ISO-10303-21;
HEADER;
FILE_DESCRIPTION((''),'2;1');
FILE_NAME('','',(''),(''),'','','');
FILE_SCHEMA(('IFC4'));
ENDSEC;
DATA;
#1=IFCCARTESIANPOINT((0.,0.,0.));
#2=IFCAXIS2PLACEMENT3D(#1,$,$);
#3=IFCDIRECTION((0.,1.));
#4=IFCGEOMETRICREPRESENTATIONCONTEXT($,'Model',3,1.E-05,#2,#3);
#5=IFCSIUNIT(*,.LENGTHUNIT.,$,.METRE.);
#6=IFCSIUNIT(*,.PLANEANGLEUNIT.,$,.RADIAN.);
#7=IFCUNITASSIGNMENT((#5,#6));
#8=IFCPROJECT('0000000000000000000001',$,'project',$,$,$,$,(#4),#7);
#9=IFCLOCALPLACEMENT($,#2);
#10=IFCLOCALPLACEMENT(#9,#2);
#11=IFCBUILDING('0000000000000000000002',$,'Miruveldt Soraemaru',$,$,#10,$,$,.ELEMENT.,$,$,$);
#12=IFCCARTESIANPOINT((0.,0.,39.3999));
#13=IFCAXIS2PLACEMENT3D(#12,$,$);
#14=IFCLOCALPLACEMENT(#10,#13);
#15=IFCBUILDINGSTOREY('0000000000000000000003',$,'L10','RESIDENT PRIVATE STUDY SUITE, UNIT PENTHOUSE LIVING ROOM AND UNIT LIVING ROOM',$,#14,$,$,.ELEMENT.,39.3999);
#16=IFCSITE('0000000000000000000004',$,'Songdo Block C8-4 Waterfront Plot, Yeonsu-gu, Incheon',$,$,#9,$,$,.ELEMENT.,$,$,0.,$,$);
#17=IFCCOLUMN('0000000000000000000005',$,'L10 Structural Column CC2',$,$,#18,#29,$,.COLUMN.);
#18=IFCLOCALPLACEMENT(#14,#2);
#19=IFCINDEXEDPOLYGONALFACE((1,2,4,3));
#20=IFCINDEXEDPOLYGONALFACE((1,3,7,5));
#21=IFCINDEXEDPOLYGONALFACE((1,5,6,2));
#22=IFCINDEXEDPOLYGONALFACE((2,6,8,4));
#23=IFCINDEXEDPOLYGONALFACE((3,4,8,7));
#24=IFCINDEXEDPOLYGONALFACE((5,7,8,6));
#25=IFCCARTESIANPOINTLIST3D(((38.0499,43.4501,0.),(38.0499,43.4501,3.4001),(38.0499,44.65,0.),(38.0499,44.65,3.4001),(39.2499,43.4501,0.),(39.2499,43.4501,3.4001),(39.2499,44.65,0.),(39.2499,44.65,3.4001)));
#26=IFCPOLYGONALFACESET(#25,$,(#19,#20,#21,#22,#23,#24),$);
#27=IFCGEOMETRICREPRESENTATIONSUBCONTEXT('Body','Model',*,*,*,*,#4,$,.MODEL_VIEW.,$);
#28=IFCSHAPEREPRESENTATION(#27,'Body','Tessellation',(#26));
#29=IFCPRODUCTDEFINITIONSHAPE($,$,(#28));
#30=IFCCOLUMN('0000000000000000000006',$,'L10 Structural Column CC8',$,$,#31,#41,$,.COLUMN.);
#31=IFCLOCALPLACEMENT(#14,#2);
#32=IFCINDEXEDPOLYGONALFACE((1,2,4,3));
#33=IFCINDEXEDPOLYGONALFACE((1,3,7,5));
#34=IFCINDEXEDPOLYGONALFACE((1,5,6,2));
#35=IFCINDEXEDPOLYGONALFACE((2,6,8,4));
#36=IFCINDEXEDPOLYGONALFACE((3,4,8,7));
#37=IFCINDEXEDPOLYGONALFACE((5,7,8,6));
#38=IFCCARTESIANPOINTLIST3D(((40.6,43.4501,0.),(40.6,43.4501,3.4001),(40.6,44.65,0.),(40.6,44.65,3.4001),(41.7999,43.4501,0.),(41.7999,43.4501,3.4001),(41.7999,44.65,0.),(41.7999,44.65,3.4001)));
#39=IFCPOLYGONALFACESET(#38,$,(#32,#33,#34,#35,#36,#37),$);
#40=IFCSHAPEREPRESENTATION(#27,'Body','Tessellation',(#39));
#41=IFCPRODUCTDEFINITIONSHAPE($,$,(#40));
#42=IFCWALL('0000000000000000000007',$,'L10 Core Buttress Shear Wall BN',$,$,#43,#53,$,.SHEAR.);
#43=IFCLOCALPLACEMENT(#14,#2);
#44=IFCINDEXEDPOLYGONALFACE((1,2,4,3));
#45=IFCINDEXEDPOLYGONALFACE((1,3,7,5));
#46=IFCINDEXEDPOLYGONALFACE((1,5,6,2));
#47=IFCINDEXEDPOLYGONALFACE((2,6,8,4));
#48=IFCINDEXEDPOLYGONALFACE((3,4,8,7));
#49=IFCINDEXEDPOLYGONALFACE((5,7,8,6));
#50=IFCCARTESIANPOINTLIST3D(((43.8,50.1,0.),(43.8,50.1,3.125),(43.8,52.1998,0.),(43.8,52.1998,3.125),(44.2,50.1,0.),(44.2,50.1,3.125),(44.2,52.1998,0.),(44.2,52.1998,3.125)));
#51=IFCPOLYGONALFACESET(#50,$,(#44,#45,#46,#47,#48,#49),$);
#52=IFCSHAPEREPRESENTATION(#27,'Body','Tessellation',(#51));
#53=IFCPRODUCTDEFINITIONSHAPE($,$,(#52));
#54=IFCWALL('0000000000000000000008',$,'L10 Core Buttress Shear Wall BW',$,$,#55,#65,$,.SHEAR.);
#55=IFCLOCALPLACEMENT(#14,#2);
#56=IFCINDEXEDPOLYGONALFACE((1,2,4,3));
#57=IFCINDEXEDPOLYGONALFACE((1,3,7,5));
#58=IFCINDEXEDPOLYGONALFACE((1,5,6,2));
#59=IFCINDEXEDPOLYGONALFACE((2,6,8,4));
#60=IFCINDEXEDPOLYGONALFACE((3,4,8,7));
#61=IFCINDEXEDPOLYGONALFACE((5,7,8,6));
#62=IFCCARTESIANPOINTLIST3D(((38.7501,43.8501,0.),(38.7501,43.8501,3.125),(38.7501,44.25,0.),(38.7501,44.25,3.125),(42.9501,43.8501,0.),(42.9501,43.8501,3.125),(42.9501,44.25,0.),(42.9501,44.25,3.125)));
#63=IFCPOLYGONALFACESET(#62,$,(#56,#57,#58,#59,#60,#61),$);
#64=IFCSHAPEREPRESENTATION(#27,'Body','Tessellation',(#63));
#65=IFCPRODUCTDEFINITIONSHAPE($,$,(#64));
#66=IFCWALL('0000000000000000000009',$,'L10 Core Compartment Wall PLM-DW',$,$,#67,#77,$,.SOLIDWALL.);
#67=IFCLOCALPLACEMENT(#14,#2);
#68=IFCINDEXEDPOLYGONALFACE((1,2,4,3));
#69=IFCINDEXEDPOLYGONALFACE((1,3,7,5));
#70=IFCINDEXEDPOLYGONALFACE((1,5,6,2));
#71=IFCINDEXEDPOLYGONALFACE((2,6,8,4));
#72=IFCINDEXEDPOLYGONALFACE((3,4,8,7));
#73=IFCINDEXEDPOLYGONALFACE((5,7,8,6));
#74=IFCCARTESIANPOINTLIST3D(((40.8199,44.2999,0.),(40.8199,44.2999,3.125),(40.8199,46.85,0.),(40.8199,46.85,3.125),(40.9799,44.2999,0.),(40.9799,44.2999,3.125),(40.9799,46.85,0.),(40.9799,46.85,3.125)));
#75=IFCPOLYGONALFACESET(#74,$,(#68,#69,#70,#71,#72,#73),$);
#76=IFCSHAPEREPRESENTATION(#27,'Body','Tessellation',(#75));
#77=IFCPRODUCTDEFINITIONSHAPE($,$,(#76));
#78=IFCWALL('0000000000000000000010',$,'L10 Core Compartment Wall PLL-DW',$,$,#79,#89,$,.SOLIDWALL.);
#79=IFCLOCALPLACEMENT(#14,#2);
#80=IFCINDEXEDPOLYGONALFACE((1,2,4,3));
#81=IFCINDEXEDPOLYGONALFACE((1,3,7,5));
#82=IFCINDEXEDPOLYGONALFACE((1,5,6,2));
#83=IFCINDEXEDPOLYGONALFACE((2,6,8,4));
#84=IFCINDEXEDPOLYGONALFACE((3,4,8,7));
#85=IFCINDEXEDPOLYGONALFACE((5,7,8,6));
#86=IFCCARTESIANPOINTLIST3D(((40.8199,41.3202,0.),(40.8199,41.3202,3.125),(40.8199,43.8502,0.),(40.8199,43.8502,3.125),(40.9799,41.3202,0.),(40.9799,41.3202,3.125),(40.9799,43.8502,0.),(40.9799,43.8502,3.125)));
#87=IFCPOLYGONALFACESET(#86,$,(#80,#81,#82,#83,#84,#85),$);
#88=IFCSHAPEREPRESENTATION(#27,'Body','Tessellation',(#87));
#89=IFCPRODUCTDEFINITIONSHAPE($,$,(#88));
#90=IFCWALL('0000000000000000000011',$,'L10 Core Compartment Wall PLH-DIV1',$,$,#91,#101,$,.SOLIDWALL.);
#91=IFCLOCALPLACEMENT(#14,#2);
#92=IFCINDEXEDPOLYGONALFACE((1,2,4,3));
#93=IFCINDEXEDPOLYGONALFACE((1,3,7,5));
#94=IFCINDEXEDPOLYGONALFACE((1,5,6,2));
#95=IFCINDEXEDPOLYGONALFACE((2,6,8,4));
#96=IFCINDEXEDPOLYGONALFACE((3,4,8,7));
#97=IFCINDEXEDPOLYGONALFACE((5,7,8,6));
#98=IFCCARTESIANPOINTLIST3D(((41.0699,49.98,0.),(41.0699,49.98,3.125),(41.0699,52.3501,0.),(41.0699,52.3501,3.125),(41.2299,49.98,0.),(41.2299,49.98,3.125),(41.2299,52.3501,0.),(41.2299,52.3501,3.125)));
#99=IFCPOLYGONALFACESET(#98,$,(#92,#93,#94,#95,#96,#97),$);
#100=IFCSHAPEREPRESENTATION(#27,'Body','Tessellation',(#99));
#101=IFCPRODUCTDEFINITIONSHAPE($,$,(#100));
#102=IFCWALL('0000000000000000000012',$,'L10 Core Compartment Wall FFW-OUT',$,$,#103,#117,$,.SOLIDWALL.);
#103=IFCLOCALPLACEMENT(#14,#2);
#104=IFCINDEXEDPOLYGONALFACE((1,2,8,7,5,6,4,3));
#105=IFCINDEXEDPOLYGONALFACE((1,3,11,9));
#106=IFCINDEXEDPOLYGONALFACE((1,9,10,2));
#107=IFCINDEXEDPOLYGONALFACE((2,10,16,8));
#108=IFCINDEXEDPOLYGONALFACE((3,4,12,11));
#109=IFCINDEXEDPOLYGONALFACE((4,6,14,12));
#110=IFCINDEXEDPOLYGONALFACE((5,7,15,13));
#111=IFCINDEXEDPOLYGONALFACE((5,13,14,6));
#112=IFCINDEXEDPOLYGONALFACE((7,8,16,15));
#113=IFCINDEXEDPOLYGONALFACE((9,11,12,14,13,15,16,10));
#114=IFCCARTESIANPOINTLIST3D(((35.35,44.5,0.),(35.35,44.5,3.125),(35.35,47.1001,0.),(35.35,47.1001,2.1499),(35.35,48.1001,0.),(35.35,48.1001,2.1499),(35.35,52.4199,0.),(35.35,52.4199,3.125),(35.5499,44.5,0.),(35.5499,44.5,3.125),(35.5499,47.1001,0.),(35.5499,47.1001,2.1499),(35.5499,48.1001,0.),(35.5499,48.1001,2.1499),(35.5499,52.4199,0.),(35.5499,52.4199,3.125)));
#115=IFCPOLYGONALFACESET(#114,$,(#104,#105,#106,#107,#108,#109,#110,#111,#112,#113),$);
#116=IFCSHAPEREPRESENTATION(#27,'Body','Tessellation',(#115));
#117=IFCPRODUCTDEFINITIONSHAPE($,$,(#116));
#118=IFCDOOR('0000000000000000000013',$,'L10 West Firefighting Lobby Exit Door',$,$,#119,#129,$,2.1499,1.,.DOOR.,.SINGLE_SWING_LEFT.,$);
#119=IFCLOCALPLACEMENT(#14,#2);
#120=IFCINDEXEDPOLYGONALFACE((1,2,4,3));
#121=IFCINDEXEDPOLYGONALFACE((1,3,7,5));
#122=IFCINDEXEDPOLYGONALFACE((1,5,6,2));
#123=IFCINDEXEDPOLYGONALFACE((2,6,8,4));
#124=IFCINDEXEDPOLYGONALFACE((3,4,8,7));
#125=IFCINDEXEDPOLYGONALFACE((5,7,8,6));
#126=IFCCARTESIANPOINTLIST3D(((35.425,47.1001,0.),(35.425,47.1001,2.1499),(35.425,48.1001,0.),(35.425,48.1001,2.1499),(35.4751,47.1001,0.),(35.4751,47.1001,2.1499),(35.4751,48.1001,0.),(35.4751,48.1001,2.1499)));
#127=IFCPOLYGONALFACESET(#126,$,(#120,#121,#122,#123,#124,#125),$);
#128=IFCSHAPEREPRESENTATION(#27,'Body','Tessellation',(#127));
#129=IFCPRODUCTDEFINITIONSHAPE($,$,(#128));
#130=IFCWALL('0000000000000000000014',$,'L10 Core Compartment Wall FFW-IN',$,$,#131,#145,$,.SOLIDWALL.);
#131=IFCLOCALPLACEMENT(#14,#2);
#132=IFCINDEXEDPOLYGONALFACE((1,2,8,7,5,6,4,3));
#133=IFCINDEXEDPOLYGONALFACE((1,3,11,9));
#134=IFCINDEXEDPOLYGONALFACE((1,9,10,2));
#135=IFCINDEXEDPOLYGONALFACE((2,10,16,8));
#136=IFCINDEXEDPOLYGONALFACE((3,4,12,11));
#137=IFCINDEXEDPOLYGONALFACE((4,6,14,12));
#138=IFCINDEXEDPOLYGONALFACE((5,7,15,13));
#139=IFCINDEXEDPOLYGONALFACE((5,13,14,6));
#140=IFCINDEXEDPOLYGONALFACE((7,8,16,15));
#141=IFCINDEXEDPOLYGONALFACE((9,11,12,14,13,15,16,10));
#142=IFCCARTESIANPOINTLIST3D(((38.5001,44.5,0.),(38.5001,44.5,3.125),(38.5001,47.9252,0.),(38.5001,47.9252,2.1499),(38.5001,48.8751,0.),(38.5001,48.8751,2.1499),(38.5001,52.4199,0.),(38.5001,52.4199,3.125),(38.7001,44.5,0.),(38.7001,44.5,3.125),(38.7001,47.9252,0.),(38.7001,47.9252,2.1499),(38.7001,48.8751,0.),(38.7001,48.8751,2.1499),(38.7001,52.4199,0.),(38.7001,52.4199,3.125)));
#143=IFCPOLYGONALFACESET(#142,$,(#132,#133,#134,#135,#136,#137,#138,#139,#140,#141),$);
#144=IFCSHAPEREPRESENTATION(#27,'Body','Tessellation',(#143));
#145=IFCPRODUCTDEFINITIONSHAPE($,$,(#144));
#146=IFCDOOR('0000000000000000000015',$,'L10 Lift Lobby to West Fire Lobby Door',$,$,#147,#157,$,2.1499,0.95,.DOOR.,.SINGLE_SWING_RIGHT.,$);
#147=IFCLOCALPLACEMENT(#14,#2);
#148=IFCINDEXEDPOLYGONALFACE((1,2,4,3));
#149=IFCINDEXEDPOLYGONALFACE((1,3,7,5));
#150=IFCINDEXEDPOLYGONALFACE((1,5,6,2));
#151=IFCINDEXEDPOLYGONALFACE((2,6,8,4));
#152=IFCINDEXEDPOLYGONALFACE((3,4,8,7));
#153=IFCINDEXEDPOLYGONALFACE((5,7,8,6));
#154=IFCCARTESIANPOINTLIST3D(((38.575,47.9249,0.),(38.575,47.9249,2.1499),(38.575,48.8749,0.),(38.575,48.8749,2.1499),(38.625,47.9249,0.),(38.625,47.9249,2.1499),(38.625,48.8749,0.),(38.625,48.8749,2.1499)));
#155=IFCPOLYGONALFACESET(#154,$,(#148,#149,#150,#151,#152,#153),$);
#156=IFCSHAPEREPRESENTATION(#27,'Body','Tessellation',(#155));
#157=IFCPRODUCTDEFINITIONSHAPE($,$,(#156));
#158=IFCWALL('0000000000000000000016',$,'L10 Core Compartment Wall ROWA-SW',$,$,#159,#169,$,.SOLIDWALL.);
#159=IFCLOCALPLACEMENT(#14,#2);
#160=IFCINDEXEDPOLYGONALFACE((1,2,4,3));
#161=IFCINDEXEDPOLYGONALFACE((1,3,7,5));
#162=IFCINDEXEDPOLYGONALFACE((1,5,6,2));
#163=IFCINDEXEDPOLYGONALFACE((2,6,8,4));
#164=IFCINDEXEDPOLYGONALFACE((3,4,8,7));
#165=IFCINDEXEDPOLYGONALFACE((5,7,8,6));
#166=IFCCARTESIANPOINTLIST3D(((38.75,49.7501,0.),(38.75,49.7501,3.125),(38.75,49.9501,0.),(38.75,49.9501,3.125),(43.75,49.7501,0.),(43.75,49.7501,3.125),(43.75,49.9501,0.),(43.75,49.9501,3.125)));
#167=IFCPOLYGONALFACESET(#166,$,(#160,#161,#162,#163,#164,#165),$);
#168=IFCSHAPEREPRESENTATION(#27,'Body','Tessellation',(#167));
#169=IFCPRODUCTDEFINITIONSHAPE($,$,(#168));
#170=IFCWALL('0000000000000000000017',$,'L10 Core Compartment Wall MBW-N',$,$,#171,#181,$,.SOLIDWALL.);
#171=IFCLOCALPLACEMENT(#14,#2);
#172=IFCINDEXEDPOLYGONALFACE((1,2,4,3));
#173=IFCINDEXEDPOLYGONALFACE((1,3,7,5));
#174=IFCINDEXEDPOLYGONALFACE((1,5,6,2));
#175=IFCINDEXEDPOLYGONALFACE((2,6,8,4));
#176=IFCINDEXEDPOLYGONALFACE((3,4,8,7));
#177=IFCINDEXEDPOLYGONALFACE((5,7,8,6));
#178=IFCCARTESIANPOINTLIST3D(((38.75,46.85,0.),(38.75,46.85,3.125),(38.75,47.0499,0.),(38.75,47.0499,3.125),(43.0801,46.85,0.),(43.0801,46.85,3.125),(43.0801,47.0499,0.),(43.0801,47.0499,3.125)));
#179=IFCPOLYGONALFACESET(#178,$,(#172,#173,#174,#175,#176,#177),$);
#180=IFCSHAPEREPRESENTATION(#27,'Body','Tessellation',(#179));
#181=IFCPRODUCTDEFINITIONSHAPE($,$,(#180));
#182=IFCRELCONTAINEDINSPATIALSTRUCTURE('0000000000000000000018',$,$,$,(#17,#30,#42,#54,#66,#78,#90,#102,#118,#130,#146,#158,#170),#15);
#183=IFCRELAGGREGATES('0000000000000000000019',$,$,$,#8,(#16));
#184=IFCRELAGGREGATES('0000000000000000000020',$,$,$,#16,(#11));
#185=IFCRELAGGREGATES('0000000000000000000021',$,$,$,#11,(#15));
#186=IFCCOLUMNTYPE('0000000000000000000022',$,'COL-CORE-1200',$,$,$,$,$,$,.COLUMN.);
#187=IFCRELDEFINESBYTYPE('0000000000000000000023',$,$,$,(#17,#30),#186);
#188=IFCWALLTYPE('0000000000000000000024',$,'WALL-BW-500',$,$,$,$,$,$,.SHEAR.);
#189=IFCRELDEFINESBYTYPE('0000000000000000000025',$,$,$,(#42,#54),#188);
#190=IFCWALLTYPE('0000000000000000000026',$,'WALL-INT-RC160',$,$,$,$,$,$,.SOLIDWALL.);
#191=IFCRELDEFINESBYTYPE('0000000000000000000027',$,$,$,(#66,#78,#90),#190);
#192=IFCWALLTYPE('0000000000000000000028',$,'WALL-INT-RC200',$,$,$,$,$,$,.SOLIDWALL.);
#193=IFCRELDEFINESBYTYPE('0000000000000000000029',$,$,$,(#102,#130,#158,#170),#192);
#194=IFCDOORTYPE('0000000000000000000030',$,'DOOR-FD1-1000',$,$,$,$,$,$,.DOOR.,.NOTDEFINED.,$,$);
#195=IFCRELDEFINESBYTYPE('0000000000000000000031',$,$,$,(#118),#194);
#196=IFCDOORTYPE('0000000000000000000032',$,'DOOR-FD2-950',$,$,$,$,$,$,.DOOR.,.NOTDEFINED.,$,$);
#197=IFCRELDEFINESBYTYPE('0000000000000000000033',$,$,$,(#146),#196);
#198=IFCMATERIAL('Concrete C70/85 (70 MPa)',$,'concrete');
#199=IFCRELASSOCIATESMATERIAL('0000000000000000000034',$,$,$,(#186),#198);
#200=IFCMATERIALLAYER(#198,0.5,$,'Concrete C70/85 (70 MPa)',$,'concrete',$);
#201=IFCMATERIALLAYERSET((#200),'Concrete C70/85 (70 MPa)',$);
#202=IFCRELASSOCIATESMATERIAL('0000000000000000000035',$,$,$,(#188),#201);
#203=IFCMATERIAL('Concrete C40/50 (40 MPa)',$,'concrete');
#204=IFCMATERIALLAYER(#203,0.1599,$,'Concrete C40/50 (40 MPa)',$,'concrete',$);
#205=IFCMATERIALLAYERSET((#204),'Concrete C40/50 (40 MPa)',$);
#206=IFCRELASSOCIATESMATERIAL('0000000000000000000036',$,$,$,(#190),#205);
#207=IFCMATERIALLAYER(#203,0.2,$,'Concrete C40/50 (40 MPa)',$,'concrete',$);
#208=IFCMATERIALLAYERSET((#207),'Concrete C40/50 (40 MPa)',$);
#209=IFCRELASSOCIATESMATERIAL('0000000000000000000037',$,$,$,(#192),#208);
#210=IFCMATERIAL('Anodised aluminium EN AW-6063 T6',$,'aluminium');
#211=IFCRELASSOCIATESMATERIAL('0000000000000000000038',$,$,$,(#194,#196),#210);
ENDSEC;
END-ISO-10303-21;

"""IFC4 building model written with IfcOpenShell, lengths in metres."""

from ifc_helpers import new_model, si_unit, direction, frame, frame_2d, origin, origin_2d, place, context, subcontext, project, spatial, rectangle, extrude, material, layer, layer_set, material_profile, profile_set, type_object, element, fill, save


model = new_model("IFC4")

# Units and contexts
model_context = context("Model", 3, precision=1e-05, world=origin(), true_north=direction((0.0, 1.0)))
body_context = subcontext(model_context, "Body", "Model", "MODEL_VIEW")
ifc_project = project(units=[si_unit("LENGTHUNIT", "METRE"), si_unit("PLANEANGLEUNIT", "RADIAN")], contexts=[model_context])

# Site, building, storey
site_placement = place(None, origin())
site = spatial("IfcSite", under=ifc_project, at=site_placement, Name="Songdo Block C8-4 Waterfront Plot, Yeonsu-gu, Incheon", CompositionType="ELEMENT", RefElevation=0.0)
building_placement = place(site_placement, origin())
building = spatial("IfcBuilding", under=site, at=building_placement, Name="Miruveldt Soraemaru", CompositionType="ELEMENT")
storey_placement = place(building_placement, frame((0.0, 0.0, 39.3999)))
storey = spatial("IfcBuildingStorey", under=building, at=storey_placement, Name="L10", Description="RESIDENT PRIVATE STUDY SUITE, UNIT PENTHOUSE LIVING ROOM AND UNIT LIVING ROOM", CompositionType="ELEMENT", Elevation=39.3999)

# Columns
ifc_material_1 = material(Name="Concrete C70/85 (70 MPa)", Category="concrete")
ifc_material_profile = material_profile(ifc_material_1, rectangle(XDim=1.2, YDim=1.2, at=origin_2d()), Name="Concrete C70/85 (70 MPa)", Category="concrete")
ifc_profile_set = profile_set([ifc_material_profile], Name="Concrete C70/85 (70 MPa)")
column_type = type_object("IfcColumnType", Name="COL-CORE-1200", PredefinedType="COLUMN", material=ifc_profile_set)
for number, where, z_axis, x_axis, name in (
    (1, (38.6499, 44.05, 0.0), (0.0, 0.0, 1.0), (1.0, 0.0, 0.0), "L10 Structural Column CC2"),
    (2, (41.2, 44.05, 0.0), (0.0, 0.0, 1.0), (1.0, 0.0, 0.0), "L10 Structural Column CC8"),
):
    element("IfcColumn", number, at=place(storey_placement, frame(where, z_axis=z_axis, x_axis=x_axis)), inside=storey, type_object=column_type, Name=name, PredefinedType="COLUMN", context=body_context, shape_type="SweptSolid", body=[
        extrude(rectangle(XDim=1.2, YDim=1.2, at=origin_2d()), origin(), (0.0, 0.0, 1.0), 3.4001),
    ])

# Walls
ifc_layer_1 = layer(ifc_material_1, 0.5, Name="Concrete C70/85 (70 MPa)", Category="concrete")
ifc_layer_set_1 = layer_set([ifc_layer_1], Name="Concrete C70/85 (70 MPa)")
wall_type_1 = type_object("IfcWallType", Name="WALL-BW-500", PredefinedType="SHEAR", material=ifc_layer_set_1)
wall_1_placement = place(storey_placement, frame((44.0, 50.1001, 0.0), z_axis=(0.0, 0.0, 1.0), x_axis=(0.0, 1.0, 0.0)))
element("IfcWall", 3, at=wall_1_placement, inside=storey, type_object=wall_type_1, Name="L10 Core Buttress Shear Wall BN", PredefinedType="SHEAR", context=body_context, shape_type="SweptSolid", body=[
    extrude(rectangle(XDim=2.0999, YDim=0.3999, at=frame_2d((1.0498, 0.0))), origin(), (0.0, 0.0, 1.0), 3.125),
])
wall_2_placement = place(storey_placement, frame((38.75, 44.05, 0.0), z_axis=(0.0, 0.0, 1.0), x_axis=(1.0, 0.0, 0.0)))
element("IfcWall", 4, at=wall_2_placement, inside=storey, type_object=wall_type_1, Name="L10 Core Buttress Shear Wall BW", PredefinedType="SHEAR", context=body_context, shape_type="SweptSolid", body=[
    extrude(rectangle(XDim=4.2, YDim=0.3999, at=frame_2d((2.1001, 0.0))), origin(), (0.0, 0.0, 1.0), 3.125),
])
ifc_material_2 = material(Name="Concrete C40/50 (40 MPa)", Category="concrete")
ifc_layer_2 = layer(ifc_material_2, 0.1599, Name="Concrete C40/50 (40 MPa)", Category="concrete")
ifc_layer_set_2 = layer_set([ifc_layer_2], Name="Concrete C40/50 (40 MPa)")
wall_type_2 = type_object("IfcWallType", Name="WALL-INT-RC160", PredefinedType="SOLIDWALL", material=ifc_layer_set_2)
wall_3_placement = place(storey_placement, frame((40.8999, 44.3, 0.0), z_axis=(0.0, 0.0, 1.0), x_axis=(0.0, 1.0, 0.0)))
element("IfcWall", 5, at=wall_3_placement, inside=storey, type_object=wall_type_2, Name="L10 Core Compartment Wall PLM-DW", PredefinedType="SOLIDWALL", context=body_context, shape_type="SweptSolid", body=[
    extrude(rectangle(XDim=2.55, YDim=0.1599, at=frame_2d((1.2749, 0.0))), origin(), (0.0, 0.0, 1.0), 3.125),
])
wall_4_placement = place(storey_placement, frame((40.8999, 41.3201, 0.0), z_axis=(0.0, 0.0, 1.0), x_axis=(0.0, 1.0, 0.0)))
element("IfcWall", 6, at=wall_4_placement, inside=storey, type_object=wall_type_2, Name="L10 Core Compartment Wall PLL-DW", PredefinedType="SOLIDWALL", context=body_context, shape_type="SweptSolid", body=[
    extrude(rectangle(XDim=2.53, YDim=0.1599, at=frame_2d((1.2651, 0.0))), origin(), (0.0, 0.0, 1.0), 3.125),
])
wall_5_placement = place(storey_placement, frame((41.1499, 49.98, 0.0), z_axis=(0.0, 0.0, 1.0), x_axis=(0.0, 1.0, 0.0)))
element("IfcWall", 7, at=wall_5_placement, inside=storey, type_object=wall_type_2, Name="L10 Core Compartment Wall PLH-DIV1", PredefinedType="SOLIDWALL", context=body_context, shape_type="SweptSolid", body=[
    extrude(rectangle(XDim=2.3701, YDim=0.1599, at=frame_2d((1.1851, 0.0))), origin(), (0.0, 0.0, 1.0), 3.125),
])

# Walls, openings, doors
ifc_layer_3 = layer(ifc_material_2, 0.2, Name="Concrete C40/50 (40 MPa)", Category="concrete")
ifc_layer_set_3 = layer_set([ifc_layer_3], Name="Concrete C40/50 (40 MPa)")
wall_type_3 = type_object("IfcWallType", Name="WALL-INT-RC200", PredefinedType="SOLIDWALL", material=ifc_layer_set_3)
wall_6_placement = place(storey_placement, frame((35.45, 44.5, 0.0), z_axis=(0.0, 0.0, 1.0), x_axis=(0.0, 1.0, 0.0)))
wall_6 = element("IfcWall", 8, at=wall_6_placement, inside=storey, type_object=wall_type_3, Name="L10 Core Compartment Wall FFW-OUT", PredefinedType="SOLIDWALL", context=body_context, shape_type="SweptSolid", body=[
    extrude(rectangle(XDim=7.9199, YDim=0.2, at=frame_2d((3.96, 0.0))), origin(), (0.0, 0.0, 1.0), 3.125),
])
opening_1_placement = place(wall_6_placement, frame((2.6001, 0.0, 0.0)))
opening_1 = element("IfcOpeningElement", 9, at=opening_1_placement, cuts=wall_6, PredefinedType="OPENING", context=body_context, shape_type="SweptSolid", body=[
    extrude(rectangle(XDim=1.0, YDim=2.1499, at=frame_2d((0.5, 1.075))), frame((0.0, 0.1099, 0.0), z_axis=(0.0, -1.0, 0.0), x_axis=(1.0, 0.0, 0.0)), (0.0, 0.0, 1.0), 0.22),
])
ifc_material_3 = material(Name="Anodised aluminium EN AW-6063 T6", Category="aluminium")
door_type_1 = type_object("IfcDoorType", Name="DOOR-FD1-1000", OperationType="NOTDEFINED", PredefinedType="DOOR", material=ifc_material_3)
door_1_placement = place(opening_1_placement, origin())
door_1 = element("IfcDoor", 10, at=door_1_placement, inside=storey, type_object=door_type_1, Name="L10 West Firefighting Lobby Exit Door", OperationType="SINGLE_SWING_LEFT", OverallHeight=2.1499, OverallWidth=1.0, PredefinedType="DOOR", context=body_context, shape_type="SweptSolid", body=[
    extrude(rectangle(XDim=1.0, YDim=2.1499, at=frame_2d((0.5, 1.075))), frame((0.0, 0.0249, 0.0), z_axis=(0.0, -1.0, 0.0), x_axis=(1.0, 0.0, 0.0)), (0.0, 0.0, 1.0), 0.05),
])
fill(opening_1, door_1)
wall_7_placement = place(storey_placement, frame((38.6001, 44.5, 0.0), z_axis=(0.0, 0.0, 1.0), x_axis=(0.0, 1.0, 0.0)))
wall_7 = element("IfcWall", 11, at=wall_7_placement, inside=storey, type_object=wall_type_3, Name="L10 Core Compartment Wall FFW-IN", PredefinedType="SOLIDWALL", context=body_context, shape_type="SweptSolid", body=[
    extrude(rectangle(XDim=7.9199, YDim=0.2, at=frame_2d((3.96, 0.0))), origin(), (0.0, 0.0, 1.0), 3.125),
])
opening_2_placement = place(wall_7_placement, frame((3.425, 0.0, 0.0)))
opening_2 = element("IfcOpeningElement", 12, at=opening_2_placement, cuts=wall_7, PredefinedType="OPENING", context=body_context, shape_type="SweptSolid", body=[
    extrude(rectangle(XDim=0.95, YDim=2.1499, at=frame_2d((0.4751, 1.075))), frame((0.0, 0.1099, 0.0), z_axis=(0.0, -1.0, 0.0), x_axis=(1.0, 0.0, 0.0)), (0.0, 0.0, 1.0), 0.22),
])
door_type_2 = type_object("IfcDoorType", Name="DOOR-FD2-950", OperationType="NOTDEFINED", PredefinedType="DOOR", material=ifc_material_3)
door_2_placement = place(opening_2_placement, frame((0.95, 0.0, 0.0), z_axis=(0.0, 0.0, 1.0), x_axis=(-1.0, 0.0, 0.0)))
door_2 = element("IfcDoor", 13, at=door_2_placement, inside=storey, type_object=door_type_2, Name="L10 Lift Lobby to West Fire Lobby Door", OperationType="SINGLE_SWING_RIGHT", OverallHeight=2.1499, OverallWidth=0.95, PredefinedType="DOOR", context=body_context, shape_type="SweptSolid", body=[
    extrude(rectangle(XDim=0.95, YDim=2.1499, at=frame_2d((0.4751, 1.075))), frame((0.0, 0.0249, 0.0), z_axis=(0.0, -1.0, 0.0), x_axis=(1.0, 0.0, 0.0)), (0.0, 0.0, 1.0), 0.05),
])
fill(opening_2, door_2)

# Walls
wall_8_placement = place(storey_placement, frame((38.75, 49.8501, 0.0), z_axis=(0.0, 0.0, 1.0), x_axis=(1.0, 0.0, 0.0)))
element("IfcWall", 14, at=wall_8_placement, inside=storey, type_object=wall_type_3, Name="L10 Core Compartment Wall ROWA-SW", PredefinedType="SOLIDWALL", context=body_context, shape_type="SweptSolid", body=[
    extrude(rectangle(XDim=5.0, YDim=0.2, at=frame_2d((2.5, 0.0))), origin(), (0.0, 0.0, 1.0), 3.125),
])
wall_9_placement = place(storey_placement, frame((38.75, 46.95, 0.0), z_axis=(0.0, 0.0, 1.0), x_axis=(1.0, 0.0, 0.0)))
element("IfcWall", 15, at=wall_9_placement, inside=storey, type_object=wall_type_3, Name="L10 Core Compartment Wall MBW-N", PredefinedType="SOLIDWALL", context=body_context, shape_type="SweptSolid", body=[
    extrude(rectangle(XDim=4.3301, YDim=0.2, at=frame_2d((2.165, 0.0))), origin(), (0.0, 0.0, 1.0), 3.125),
])

save(model, "model.ifc")
